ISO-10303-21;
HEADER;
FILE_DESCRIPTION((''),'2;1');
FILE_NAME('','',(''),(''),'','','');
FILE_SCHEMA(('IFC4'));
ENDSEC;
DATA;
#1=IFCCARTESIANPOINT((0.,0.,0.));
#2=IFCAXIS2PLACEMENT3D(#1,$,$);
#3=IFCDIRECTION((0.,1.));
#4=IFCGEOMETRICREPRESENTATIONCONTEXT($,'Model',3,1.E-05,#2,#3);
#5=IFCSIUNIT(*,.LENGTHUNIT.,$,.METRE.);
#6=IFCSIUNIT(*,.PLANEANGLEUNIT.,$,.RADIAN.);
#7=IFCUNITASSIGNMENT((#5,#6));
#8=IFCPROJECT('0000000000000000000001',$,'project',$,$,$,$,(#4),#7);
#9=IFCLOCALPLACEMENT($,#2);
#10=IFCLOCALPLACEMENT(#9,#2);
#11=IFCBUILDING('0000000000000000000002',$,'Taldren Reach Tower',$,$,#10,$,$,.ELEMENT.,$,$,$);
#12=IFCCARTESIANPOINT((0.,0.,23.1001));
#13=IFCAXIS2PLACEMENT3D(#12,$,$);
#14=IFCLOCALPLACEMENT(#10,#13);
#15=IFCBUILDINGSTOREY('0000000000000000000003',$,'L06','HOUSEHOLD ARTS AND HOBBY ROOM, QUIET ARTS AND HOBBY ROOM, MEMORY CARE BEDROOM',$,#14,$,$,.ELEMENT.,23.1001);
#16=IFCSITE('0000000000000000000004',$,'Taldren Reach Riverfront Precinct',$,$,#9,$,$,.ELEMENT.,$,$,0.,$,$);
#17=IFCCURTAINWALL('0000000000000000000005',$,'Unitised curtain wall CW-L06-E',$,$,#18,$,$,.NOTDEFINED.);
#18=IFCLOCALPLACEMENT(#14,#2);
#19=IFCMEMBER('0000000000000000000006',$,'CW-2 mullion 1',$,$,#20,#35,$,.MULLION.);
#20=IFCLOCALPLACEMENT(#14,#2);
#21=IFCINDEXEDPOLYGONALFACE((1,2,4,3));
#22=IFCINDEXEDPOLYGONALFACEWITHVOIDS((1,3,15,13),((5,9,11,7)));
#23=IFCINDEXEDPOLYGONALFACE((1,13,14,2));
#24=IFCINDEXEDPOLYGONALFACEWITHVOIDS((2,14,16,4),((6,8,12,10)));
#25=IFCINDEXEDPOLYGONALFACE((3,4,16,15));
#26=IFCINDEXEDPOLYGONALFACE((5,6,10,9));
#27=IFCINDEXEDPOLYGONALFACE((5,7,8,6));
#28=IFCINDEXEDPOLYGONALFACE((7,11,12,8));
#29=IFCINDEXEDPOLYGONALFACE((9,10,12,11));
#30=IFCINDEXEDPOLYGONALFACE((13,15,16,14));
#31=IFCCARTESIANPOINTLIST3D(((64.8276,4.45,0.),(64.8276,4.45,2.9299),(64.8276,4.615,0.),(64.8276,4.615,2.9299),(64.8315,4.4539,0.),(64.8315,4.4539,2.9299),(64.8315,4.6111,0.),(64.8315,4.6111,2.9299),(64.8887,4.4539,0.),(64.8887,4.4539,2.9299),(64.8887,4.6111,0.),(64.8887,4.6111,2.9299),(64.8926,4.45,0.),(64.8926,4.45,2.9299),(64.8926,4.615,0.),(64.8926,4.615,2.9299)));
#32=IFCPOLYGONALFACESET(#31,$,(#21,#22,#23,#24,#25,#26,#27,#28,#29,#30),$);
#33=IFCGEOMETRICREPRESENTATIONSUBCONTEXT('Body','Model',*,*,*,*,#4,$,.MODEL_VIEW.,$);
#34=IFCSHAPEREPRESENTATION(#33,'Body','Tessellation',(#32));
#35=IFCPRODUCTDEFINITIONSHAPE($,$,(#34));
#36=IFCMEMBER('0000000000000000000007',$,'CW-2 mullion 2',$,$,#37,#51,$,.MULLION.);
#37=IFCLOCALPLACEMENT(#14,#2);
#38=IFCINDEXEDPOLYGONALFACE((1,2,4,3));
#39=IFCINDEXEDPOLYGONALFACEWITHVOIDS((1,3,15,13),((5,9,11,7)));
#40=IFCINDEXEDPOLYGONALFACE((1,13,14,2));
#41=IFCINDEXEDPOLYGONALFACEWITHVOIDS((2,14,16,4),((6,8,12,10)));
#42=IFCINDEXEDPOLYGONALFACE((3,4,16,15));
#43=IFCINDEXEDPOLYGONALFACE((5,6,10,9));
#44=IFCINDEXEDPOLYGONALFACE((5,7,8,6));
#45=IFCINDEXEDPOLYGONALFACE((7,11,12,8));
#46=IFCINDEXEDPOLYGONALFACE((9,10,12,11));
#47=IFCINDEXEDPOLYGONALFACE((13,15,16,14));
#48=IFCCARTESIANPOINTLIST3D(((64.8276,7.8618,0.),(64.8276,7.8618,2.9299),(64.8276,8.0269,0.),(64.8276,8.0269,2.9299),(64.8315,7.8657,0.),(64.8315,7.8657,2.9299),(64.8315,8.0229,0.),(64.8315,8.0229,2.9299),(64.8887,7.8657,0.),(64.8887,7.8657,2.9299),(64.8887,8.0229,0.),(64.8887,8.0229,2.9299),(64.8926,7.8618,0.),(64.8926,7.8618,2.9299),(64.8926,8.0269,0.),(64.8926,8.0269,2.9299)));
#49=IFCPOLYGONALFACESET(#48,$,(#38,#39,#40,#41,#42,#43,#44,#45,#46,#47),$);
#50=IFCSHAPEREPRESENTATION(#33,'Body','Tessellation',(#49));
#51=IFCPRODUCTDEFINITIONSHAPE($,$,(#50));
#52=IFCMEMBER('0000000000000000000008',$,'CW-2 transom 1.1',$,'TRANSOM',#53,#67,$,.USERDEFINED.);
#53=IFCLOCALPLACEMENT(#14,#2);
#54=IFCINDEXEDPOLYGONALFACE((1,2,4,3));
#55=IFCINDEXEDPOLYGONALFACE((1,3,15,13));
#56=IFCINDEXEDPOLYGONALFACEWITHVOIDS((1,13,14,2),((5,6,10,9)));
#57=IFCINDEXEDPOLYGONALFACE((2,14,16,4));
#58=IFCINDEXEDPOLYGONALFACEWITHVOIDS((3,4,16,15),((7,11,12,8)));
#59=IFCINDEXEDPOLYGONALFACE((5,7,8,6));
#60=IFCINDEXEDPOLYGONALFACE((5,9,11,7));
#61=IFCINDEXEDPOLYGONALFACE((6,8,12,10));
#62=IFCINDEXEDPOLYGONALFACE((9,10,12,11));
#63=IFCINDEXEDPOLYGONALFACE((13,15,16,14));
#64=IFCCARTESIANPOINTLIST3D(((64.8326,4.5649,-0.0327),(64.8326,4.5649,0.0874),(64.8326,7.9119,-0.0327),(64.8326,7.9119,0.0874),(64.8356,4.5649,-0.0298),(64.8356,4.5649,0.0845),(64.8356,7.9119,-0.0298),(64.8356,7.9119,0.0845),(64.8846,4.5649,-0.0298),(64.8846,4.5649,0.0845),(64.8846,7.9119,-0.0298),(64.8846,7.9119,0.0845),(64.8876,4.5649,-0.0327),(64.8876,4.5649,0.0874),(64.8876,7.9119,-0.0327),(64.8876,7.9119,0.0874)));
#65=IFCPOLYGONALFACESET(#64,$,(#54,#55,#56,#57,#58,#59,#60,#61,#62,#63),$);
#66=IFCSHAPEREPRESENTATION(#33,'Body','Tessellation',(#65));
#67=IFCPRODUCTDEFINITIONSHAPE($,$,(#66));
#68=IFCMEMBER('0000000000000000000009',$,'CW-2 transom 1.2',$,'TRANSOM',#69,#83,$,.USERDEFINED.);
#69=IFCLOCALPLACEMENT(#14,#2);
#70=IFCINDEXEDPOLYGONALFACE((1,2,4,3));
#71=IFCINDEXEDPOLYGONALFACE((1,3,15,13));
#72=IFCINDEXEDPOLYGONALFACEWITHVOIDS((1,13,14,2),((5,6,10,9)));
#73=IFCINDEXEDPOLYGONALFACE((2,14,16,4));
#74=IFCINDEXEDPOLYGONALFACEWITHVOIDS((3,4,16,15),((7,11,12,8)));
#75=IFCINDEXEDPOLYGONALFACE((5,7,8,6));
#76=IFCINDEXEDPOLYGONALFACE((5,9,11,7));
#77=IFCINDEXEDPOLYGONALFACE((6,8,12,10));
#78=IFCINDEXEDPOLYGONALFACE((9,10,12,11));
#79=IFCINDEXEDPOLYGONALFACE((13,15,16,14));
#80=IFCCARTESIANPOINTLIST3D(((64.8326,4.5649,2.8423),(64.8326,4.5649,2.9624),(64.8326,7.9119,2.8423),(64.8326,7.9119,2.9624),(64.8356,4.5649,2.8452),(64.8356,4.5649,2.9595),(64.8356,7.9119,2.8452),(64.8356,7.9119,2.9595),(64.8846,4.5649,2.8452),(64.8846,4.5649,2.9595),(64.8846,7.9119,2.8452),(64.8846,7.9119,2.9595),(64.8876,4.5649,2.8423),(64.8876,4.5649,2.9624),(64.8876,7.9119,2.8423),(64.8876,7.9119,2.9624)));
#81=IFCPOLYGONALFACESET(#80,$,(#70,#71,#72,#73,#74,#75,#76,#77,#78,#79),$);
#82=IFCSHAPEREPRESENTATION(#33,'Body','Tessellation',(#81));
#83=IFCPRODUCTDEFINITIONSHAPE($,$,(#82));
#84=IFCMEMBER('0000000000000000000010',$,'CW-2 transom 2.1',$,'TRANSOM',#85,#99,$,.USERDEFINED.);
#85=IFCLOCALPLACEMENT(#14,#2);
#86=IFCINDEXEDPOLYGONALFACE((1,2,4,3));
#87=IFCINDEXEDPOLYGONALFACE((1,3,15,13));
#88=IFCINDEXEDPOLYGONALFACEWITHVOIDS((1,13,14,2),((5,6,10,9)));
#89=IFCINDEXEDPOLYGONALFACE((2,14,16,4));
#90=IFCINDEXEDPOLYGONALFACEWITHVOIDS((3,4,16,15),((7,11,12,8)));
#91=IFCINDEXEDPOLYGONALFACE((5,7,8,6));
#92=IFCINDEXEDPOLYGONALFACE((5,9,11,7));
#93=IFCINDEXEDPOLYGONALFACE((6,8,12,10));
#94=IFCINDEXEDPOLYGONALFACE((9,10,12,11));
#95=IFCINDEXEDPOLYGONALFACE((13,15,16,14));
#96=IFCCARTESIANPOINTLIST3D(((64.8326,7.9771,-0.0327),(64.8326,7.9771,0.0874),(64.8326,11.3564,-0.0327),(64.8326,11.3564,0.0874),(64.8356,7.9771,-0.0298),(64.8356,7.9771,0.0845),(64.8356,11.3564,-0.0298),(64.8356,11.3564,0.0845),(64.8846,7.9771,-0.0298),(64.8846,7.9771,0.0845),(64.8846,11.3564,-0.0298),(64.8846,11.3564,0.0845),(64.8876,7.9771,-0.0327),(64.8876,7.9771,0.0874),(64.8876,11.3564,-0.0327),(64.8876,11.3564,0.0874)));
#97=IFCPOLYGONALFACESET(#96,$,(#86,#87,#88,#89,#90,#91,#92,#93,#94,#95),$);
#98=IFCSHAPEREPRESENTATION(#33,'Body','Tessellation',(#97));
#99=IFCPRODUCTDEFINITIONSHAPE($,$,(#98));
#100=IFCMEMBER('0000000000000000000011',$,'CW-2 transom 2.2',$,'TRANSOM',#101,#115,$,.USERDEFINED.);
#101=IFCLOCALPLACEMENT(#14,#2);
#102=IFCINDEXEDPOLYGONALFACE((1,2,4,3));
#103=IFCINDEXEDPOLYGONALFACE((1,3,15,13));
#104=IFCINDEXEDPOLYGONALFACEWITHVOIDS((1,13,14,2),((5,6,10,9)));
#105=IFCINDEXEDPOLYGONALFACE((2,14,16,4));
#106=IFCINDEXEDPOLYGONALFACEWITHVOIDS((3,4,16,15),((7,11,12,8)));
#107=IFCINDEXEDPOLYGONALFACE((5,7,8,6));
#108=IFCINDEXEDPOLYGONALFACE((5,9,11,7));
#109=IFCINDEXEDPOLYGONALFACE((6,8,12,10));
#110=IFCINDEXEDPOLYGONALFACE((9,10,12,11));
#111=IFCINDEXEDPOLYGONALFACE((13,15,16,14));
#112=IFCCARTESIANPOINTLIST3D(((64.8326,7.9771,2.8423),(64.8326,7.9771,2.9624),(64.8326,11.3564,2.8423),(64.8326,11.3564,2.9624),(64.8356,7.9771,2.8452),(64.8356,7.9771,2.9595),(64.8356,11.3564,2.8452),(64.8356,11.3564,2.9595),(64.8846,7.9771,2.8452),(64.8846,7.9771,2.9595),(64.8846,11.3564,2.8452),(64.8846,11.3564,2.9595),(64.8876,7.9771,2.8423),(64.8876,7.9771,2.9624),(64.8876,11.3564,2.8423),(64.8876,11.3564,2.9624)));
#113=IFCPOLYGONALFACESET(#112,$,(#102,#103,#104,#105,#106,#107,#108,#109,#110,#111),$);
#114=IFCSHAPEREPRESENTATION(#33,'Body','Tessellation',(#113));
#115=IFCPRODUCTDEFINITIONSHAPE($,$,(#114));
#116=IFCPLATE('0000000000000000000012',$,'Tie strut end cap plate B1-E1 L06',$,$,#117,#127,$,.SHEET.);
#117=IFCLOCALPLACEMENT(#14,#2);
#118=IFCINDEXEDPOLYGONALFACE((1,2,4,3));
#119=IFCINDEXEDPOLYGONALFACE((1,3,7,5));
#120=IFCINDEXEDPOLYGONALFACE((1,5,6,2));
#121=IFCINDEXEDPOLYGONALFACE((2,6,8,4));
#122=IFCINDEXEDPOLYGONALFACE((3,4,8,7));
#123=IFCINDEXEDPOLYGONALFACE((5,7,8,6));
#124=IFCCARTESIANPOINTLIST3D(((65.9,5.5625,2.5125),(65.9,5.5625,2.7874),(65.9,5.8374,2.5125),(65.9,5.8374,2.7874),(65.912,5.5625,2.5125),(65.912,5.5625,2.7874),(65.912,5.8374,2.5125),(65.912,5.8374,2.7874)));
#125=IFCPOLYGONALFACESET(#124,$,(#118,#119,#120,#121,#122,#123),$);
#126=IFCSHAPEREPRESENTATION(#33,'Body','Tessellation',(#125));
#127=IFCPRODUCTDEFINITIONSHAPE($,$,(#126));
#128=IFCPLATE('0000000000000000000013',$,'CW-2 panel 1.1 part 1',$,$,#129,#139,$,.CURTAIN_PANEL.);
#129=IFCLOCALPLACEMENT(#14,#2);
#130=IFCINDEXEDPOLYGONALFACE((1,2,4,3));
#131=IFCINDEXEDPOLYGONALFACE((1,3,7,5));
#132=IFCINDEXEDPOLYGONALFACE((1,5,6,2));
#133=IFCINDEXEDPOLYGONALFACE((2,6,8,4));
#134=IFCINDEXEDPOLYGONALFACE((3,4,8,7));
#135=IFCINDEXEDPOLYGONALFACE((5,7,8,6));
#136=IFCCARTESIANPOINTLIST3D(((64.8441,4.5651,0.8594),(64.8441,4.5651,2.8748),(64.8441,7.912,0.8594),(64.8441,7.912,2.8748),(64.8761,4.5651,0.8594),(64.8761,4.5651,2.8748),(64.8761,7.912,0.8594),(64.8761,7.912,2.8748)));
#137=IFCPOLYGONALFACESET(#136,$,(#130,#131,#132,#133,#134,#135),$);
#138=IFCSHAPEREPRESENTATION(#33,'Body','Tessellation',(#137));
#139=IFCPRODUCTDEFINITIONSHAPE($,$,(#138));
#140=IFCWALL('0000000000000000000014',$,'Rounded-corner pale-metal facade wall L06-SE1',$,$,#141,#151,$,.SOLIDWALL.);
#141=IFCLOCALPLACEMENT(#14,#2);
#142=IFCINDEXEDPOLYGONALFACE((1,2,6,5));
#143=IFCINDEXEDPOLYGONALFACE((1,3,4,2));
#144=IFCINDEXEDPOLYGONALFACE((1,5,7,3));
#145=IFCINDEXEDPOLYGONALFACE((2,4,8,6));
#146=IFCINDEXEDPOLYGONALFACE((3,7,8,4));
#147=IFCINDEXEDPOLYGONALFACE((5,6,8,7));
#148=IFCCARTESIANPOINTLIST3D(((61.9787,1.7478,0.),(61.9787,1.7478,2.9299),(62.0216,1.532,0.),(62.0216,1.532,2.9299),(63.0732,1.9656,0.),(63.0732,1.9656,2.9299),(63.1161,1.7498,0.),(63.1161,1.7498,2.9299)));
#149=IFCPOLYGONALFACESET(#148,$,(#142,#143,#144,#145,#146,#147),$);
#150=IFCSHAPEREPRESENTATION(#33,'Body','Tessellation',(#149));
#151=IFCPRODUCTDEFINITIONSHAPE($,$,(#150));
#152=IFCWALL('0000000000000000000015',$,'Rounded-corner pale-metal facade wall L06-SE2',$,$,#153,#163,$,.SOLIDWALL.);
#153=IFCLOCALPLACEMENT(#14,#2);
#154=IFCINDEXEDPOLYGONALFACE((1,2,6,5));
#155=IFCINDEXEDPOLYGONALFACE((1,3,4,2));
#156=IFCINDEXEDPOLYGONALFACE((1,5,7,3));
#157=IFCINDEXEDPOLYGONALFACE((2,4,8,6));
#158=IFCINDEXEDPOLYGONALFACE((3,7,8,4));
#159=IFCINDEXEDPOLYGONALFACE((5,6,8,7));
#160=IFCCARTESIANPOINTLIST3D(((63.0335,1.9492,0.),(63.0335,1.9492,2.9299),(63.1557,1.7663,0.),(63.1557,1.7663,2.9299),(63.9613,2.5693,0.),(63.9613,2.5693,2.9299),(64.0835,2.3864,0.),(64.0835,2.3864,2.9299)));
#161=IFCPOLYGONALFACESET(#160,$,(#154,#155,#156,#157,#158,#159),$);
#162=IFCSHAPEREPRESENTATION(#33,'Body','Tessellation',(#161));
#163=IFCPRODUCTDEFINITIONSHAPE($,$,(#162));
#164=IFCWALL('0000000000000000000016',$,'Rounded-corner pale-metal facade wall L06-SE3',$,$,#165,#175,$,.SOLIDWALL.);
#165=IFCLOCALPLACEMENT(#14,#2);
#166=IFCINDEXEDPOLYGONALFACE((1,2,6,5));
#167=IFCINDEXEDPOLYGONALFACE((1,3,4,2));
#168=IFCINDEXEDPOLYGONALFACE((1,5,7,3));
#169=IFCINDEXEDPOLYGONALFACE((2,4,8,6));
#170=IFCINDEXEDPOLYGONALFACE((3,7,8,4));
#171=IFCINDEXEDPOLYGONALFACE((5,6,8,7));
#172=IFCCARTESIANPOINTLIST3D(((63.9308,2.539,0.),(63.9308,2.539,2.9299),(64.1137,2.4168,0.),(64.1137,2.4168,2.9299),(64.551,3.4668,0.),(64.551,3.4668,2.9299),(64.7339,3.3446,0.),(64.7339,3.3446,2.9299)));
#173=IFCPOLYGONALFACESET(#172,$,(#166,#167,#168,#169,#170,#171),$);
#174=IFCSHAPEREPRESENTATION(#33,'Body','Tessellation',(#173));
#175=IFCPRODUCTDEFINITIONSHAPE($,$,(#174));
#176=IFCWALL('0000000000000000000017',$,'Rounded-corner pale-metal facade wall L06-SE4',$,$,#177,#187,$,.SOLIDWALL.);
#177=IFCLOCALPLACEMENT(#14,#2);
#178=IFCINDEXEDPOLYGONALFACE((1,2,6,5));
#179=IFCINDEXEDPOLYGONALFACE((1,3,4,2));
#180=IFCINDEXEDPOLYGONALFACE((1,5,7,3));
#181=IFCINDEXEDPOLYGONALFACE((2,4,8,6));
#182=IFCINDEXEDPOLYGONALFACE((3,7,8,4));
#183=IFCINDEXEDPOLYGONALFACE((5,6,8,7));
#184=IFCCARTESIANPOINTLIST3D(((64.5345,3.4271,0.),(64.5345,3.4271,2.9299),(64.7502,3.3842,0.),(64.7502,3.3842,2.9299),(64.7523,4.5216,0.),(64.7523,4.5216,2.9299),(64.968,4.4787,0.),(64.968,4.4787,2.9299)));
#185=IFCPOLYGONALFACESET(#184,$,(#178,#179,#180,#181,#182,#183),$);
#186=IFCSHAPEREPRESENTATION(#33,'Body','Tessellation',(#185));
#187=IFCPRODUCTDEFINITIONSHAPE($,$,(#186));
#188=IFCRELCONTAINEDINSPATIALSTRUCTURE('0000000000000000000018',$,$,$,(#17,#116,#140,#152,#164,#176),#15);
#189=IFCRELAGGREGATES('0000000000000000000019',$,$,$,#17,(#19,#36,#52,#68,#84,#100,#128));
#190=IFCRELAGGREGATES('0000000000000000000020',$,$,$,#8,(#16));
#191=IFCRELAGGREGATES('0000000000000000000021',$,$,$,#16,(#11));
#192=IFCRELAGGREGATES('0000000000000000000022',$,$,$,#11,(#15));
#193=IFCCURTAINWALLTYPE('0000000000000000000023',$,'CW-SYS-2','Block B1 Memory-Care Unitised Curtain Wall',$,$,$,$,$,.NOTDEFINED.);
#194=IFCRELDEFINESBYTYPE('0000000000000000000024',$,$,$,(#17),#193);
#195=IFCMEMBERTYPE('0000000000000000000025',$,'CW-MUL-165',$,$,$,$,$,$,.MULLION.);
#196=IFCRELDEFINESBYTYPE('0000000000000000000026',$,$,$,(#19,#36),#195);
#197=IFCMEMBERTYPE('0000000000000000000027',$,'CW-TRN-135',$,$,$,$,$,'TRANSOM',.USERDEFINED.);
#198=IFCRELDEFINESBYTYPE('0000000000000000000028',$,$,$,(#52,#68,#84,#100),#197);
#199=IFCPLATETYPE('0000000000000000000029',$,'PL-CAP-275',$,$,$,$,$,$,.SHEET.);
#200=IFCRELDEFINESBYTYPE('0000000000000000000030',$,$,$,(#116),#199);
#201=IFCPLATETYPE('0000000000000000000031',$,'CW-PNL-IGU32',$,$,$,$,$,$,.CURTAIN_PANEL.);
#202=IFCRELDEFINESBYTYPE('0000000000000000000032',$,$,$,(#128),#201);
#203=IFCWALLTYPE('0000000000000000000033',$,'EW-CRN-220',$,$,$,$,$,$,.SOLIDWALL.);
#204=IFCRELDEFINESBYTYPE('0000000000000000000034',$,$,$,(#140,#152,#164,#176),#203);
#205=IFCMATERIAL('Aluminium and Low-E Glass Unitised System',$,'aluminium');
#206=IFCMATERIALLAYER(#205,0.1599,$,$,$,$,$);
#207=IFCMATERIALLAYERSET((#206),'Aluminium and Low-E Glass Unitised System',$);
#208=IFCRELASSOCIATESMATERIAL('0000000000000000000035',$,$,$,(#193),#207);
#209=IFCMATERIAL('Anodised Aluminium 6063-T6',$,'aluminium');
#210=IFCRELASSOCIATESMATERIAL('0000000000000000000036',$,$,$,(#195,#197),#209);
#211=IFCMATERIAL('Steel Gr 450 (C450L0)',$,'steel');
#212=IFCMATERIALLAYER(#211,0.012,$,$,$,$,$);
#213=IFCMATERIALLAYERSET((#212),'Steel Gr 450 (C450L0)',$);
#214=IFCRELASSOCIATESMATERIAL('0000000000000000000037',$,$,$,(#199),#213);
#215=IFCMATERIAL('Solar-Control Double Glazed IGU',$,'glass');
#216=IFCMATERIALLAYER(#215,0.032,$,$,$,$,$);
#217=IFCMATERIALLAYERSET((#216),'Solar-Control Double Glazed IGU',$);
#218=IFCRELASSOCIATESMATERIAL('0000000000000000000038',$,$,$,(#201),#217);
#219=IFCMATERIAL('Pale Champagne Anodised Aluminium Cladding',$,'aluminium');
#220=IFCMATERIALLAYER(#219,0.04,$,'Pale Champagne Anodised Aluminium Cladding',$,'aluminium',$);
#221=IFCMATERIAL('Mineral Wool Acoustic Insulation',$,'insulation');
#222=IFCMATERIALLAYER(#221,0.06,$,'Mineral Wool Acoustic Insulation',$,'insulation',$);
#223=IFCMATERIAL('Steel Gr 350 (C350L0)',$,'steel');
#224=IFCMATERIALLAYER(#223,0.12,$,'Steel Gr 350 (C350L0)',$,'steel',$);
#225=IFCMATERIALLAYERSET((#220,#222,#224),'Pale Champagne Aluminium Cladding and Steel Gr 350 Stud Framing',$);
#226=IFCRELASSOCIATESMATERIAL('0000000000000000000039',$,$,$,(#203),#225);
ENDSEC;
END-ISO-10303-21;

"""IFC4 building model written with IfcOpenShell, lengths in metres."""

from ifc_helpers import new_model, si_unit, direction, frame, frame_2d, origin, origin_2d, place, context, subcontext, project, spatial, rectangle, hollow_rectangle, extrude, source, transform, mapped, material, layer, layer_set, material_profile, profile_set, type_object, element, aggregate, save


model = new_model("IFC4")

# Units and contexts
model_context = context("Model", 3, precision=1e-05, world=origin(), true_north=direction((0.0, 1.0)))
body_context = subcontext(model_context, "Body", "Model", "MODEL_VIEW")
ifc_project = project(units=[si_unit("LENGTHUNIT", "METRE"), si_unit("PLANEANGLEUNIT", "RADIAN")], contexts=[model_context])

# Site, building, storey
site_placement = place(None, origin())
site = spatial("IfcSite", under=ifc_project, at=site_placement, Name="Taldren Reach Riverfront Precinct", CompositionType="ELEMENT", RefElevation=0.0)
building_placement = place(site_placement, origin())
building = spatial("IfcBuilding", under=site, at=building_placement, Name="Taldren Reach Tower", CompositionType="ELEMENT")
storey_placement = place(building_placement, frame((0.0, 0.0, 23.1001)))
storey = spatial("IfcBuildingStorey", under=building, at=storey_placement, Name="L06", Description="HOUSEHOLD ARTS AND HOBBY ROOM, QUIET ARTS AND HOBBY ROOM, MEMORY CARE BEDROOM", CompositionType="ELEMENT", Elevation=23.1001)

# Shared definitions
ifc_material_1 = material(Name="Steel Gr 450 (C450L0)", Category="steel")
ifc_material_2 = material(Name="Steel Gr 350 (C350L0)", Category="steel")

# Shared definitions
ifc_material_3 = material(Name="Aluminium and Low-E Glass Unitised System", Category="aluminium")
ifc_layer_1 = layer(ifc_material_3, 0.1599)
ifc_layer_set_1 = layer_set([ifc_layer_1], Name="Aluminium and Low-E Glass Unitised System")
curtain_wall_type = type_object("IfcCurtainWallType", Name="CW-SYS-2", Description="Block B1 Memory-Care Unitised Curtain Wall", PredefinedType="NOTDEFINED", material=ifc_layer_set_1)
ifc_material_4 = material(Name="Anodised Aluminium 6063-T6", Category="aluminium")
ifc_material_profile_1 = material_profile(ifc_material_4, hollow_rectangle(XDim=0.0649, YDim=0.165, WallThickness=0.0039, at=origin_2d()), Name="ALU-165x65x4RHS")
ifc_profile_set_1 = profile_set([ifc_material_profile_1], Name="Anodised Aluminium 6063-T6")
member_type_1 = type_object("IfcMemberType", Name="CW-MUL-165", PredefinedType="MULLION", material=ifc_profile_set_1)
shared_shape_1 = source(origin(), body_context, "Body", "SweptSolid", [
    extrude(hollow_rectangle(XDim=0.0649, YDim=0.165, WallThickness=0.0039, at=origin_2d()), origin(), (0.0, 0.0, 1.0), 2.9299),
])

# Curtain wall, members
curtain_wall_1_placement = place(storey_placement, origin())
curtain_wall_1 = element("IfcCurtainWall", 1, at=curtain_wall_1_placement, inside=storey, type_object=curtain_wall_type, Name="Unitised curtain wall CW-L06-E", PredefinedType="NOTDEFINED")
member_1_placement = place(storey_placement, frame((64.8601, 4.5325, 0.0), z_axis=(0.0, 0.0, 1.0), x_axis=(-1.0, 0.0, 0.0)))
member_1 = element("IfcMember", 2, at=member_1_placement, type_object=member_type_1, Name="CW-2 mullion 1", PredefinedType="MULLION", context=body_context, shape_type="MappedRepresentation", body=[
    mapped(shared_shape_1, transform((0.0, 0.0, 0.0), scale=1.0)),
])
member_2_placement = place(storey_placement, frame((64.8601, 7.9443, 0.0), z_axis=(0.0, 0.0, 1.0), x_axis=(-1.0, 0.0, 0.0)))
member_2 = element("IfcMember", 3, at=member_2_placement, type_object=member_type_1, Name="CW-2 mullion 2", PredefinedType="MULLION", context=body_context, shape_type="MappedRepresentation", body=[
    mapped(shared_shape_1, transform((0.0, 0.0, 0.0), scale=1.0)),
])
ifc_material_profile_2 = material_profile(ifc_material_4, hollow_rectangle(XDim=0.0549, YDim=0.1201, WallThickness=0.0029, at=origin_2d()), Name="ALU-120x55x3RHS")
ifc_profile_set_2 = profile_set([ifc_material_profile_2], Name="Anodised Aluminium 6063-T6")
member_type_2 = type_object("IfcMemberType", Name="CW-TRN-135", ElementType="TRANSOM", PredefinedType="USERDEFINED", material=ifc_profile_set_2)
shared_shape_2 = source(origin(), body_context, "Body", "SweptSolid", [
    extrude(hollow_rectangle(XDim=0.0549, YDim=0.1201, WallThickness=0.0029, at=origin_2d()), origin(), (0.0, 0.0, 1.0), 3.3469),
])
member_3_placement = place(storey_placement, frame((64.8601, 4.5649, 0.0273), z_axis=(0.0, 1.0, 0.0), x_axis=(-1.0, 0.0, 0.0)))
member_3 = element("IfcMember", 4, at=member_3_placement, type_object=member_type_2, Name="CW-2 transom 1.1", ObjectType="TRANSOM", PredefinedType="USERDEFINED", context=body_context, shape_type="MappedRepresentation", body=[
    mapped(shared_shape_2, transform((0.0, 0.0, 0.0), scale=1.0)),
])
member_4_placement = place(storey_placement, frame((64.8601, 4.5649, 2.9023), z_axis=(0.0, 1.0, 0.0), x_axis=(-1.0, 0.0, 0.0)))
member_4 = element("IfcMember", 5, at=member_4_placement, type_object=member_type_2, Name="CW-2 transom 1.2", ObjectType="TRANSOM", PredefinedType="USERDEFINED", context=body_context, shape_type="MappedRepresentation", body=[
    mapped(shared_shape_2, transform((0.0, 0.0, 0.0), scale=1.0)),
])
shared_shape_3 = source(origin(), body_context, "Body", "SweptSolid", [
    extrude(hollow_rectangle(XDim=0.0549, YDim=0.1201, WallThickness=0.0029, at=origin_2d()), origin(), (0.0, 0.0, 1.0), 3.3794),
])
member_5_placement = place(storey_placement, frame((64.8601, 7.9771, 0.0273), z_axis=(0.0, 1.0, 0.0), x_axis=(-1.0, 0.0, 0.0)))
member_5 = element("IfcMember", 6, at=member_5_placement, type_object=member_type_2, Name="CW-2 transom 2.1", ObjectType="TRANSOM", PredefinedType="USERDEFINED", context=body_context, shape_type="MappedRepresentation", body=[
    mapped(shared_shape_3, transform((0.0, 0.0, 0.0), scale=1.0)),
])
member_6_placement = place(storey_placement, frame((64.8601, 7.9771, 2.9023), z_axis=(0.0, 1.0, 0.0), x_axis=(-1.0, 0.0, 0.0)))
member_6 = element("IfcMember", 7, at=member_6_placement, type_object=member_type_2, Name="CW-2 transom 2.2", ObjectType="TRANSOM", PredefinedType="USERDEFINED", context=body_context, shape_type="MappedRepresentation", body=[
    mapped(shared_shape_3, transform((0.0, 0.0, 0.0), scale=1.0)),
])

# Plates
ifc_layer_2 = layer(ifc_material_1, 0.012)
ifc_layer_set_2 = layer_set([ifc_layer_2], Name="Steel Gr 450 (C450L0)")
plate_type_1 = type_object("IfcPlateType", Name="PL-CAP-275", PredefinedType="SHEET", material=ifc_layer_set_2)
shared_shape_4 = source(origin(), body_context, "Body", "SweptSolid", [
    extrude(rectangle(XDim=0.012, YDim=0.2749, at=origin_2d()), origin(), (0.0, 0.0, 1.0), 0.2749),
])
plate_1_placement = place(storey_placement, frame((65.906, 5.7, 2.5125), z_axis=(0.0, 0.0, 1.0), x_axis=(1.0, 0.0, 0.0)))
element("IfcPlate", 8, at=plate_1_placement, inside=storey, type_object=plate_type_1, Name="Tie strut end cap plate B1-E1 L06", PredefinedType="SHEET", context=body_context, shape_type="MappedRepresentation", body=[
    mapped(shared_shape_4, transform((0.0, 0.0, 0.0), scale=1.0)),
])
ifc_material_5 = material(Name="Solar-Control Double Glazed IGU", Category="glass")
ifc_layer_3 = layer(ifc_material_5, 0.032)
ifc_layer_set_3 = layer_set([ifc_layer_3], Name="Solar-Control Double Glazed IGU")
plate_type_2 = type_object("IfcPlateType", Name="CW-PNL-IGU32", PredefinedType="CURTAIN_PANEL", material=ifc_layer_set_3)
shared_shape_5 = source(origin(), body_context, "Body", "SweptSolid", [
    extrude(rectangle(XDim=3.3469, YDim=0.032, at=origin_2d()), origin(), (0.0, 0.0, 1.0), 2.0154),
])
plate_2_placement = place(storey_placement, frame((64.8601, 6.2385, 0.8594), z_axis=(0.0, 0.0, 1.0), x_axis=(0.0, 1.0, 0.0)))
plate_2 = element("IfcPlate", 9, at=plate_2_placement, type_object=plate_type_2, Name="CW-2 panel 1.1 part 1", PredefinedType="CURTAIN_PANEL", context=body_context, shape_type="MappedRepresentation", body=[
    mapped(shared_shape_5, transform((0.0, 0.0, 0.0), scale=1.0)),
])
aggregate(curtain_wall_1, [member_1, member_2, member_3, member_4, member_5, member_6, plate_2])

# Walls
ifc_material_6 = material(Name="Pale Champagne Anodised Aluminium Cladding", Category="aluminium")
ifc_layer_4 = layer(ifc_material_6, 0.04, Name="Pale Champagne Anodised Aluminium Cladding", Category="aluminium")
ifc_material_7 = material(Name="Mineral Wool Acoustic Insulation", Category="insulation")
ifc_layer_5 = layer(ifc_material_7, 0.06, Name="Mineral Wool Acoustic Insulation", Category="insulation")
ifc_layer_6 = layer(ifc_material_2, 0.12, Name="Steel Gr 350 (C350L0)", Category="steel")
ifc_layer_set_4 = layer_set([ifc_layer_4, ifc_layer_5, ifc_layer_6], Name="Pale Champagne Aluminium Cladding and Steel Gr 350 Stud Framing")
wall_type = type_object("IfcWallType", Name="EW-CRN-220", PredefinedType="SOLIDWALL", material=ifc_layer_set_4)
shared_shape_6 = source(origin(), body_context, "Body", "SweptSolid", [
    extrude(rectangle(XDim=1.116, YDim=0.22, at=frame_2d((0.5581, 0.0))), origin(), (0.0, 0.0, 1.0), 2.9299),
])
for number, where, z_axis, x_axis, name in (
    (10, (62.0, 1.6399, 0.0), (0.0, 0.0, 1.0), (0.980774, 0.195148, 0.0), "Rounded-corner pale-metal facade wall L06-SE1"),
    (11, (63.0945, 1.8577, 0.0), (0.0, 0.0, 1.0), (0.831377, 0.55571, 0.0), "Rounded-corner pale-metal facade wall L06-SE2"),
    (12, (64.0222, 2.4778, 0.0), (0.0, 0.0, 1.0), (0.55571, 0.831377, 0.0), "Rounded-corner pale-metal facade wall L06-SE3"),
    (13, (64.6423, 3.4055, 0.0), (0.0, 0.0, 1.0), (0.195148, 0.980774, 0.0), "Rounded-corner pale-metal facade wall L06-SE4"),
):
    element("IfcWall", number, at=place(storey_placement, frame(where, z_axis=z_axis, x_axis=x_axis)), inside=storey, type_object=wall_type, Name=name, PredefinedType="SOLIDWALL", context=body_context, shape_type="MappedRepresentation", body=[
        mapped(shared_shape_6, transform((0.0, 0.0, 0.0), scale=1.0)),
    ])

save(model, "model.ifc")
